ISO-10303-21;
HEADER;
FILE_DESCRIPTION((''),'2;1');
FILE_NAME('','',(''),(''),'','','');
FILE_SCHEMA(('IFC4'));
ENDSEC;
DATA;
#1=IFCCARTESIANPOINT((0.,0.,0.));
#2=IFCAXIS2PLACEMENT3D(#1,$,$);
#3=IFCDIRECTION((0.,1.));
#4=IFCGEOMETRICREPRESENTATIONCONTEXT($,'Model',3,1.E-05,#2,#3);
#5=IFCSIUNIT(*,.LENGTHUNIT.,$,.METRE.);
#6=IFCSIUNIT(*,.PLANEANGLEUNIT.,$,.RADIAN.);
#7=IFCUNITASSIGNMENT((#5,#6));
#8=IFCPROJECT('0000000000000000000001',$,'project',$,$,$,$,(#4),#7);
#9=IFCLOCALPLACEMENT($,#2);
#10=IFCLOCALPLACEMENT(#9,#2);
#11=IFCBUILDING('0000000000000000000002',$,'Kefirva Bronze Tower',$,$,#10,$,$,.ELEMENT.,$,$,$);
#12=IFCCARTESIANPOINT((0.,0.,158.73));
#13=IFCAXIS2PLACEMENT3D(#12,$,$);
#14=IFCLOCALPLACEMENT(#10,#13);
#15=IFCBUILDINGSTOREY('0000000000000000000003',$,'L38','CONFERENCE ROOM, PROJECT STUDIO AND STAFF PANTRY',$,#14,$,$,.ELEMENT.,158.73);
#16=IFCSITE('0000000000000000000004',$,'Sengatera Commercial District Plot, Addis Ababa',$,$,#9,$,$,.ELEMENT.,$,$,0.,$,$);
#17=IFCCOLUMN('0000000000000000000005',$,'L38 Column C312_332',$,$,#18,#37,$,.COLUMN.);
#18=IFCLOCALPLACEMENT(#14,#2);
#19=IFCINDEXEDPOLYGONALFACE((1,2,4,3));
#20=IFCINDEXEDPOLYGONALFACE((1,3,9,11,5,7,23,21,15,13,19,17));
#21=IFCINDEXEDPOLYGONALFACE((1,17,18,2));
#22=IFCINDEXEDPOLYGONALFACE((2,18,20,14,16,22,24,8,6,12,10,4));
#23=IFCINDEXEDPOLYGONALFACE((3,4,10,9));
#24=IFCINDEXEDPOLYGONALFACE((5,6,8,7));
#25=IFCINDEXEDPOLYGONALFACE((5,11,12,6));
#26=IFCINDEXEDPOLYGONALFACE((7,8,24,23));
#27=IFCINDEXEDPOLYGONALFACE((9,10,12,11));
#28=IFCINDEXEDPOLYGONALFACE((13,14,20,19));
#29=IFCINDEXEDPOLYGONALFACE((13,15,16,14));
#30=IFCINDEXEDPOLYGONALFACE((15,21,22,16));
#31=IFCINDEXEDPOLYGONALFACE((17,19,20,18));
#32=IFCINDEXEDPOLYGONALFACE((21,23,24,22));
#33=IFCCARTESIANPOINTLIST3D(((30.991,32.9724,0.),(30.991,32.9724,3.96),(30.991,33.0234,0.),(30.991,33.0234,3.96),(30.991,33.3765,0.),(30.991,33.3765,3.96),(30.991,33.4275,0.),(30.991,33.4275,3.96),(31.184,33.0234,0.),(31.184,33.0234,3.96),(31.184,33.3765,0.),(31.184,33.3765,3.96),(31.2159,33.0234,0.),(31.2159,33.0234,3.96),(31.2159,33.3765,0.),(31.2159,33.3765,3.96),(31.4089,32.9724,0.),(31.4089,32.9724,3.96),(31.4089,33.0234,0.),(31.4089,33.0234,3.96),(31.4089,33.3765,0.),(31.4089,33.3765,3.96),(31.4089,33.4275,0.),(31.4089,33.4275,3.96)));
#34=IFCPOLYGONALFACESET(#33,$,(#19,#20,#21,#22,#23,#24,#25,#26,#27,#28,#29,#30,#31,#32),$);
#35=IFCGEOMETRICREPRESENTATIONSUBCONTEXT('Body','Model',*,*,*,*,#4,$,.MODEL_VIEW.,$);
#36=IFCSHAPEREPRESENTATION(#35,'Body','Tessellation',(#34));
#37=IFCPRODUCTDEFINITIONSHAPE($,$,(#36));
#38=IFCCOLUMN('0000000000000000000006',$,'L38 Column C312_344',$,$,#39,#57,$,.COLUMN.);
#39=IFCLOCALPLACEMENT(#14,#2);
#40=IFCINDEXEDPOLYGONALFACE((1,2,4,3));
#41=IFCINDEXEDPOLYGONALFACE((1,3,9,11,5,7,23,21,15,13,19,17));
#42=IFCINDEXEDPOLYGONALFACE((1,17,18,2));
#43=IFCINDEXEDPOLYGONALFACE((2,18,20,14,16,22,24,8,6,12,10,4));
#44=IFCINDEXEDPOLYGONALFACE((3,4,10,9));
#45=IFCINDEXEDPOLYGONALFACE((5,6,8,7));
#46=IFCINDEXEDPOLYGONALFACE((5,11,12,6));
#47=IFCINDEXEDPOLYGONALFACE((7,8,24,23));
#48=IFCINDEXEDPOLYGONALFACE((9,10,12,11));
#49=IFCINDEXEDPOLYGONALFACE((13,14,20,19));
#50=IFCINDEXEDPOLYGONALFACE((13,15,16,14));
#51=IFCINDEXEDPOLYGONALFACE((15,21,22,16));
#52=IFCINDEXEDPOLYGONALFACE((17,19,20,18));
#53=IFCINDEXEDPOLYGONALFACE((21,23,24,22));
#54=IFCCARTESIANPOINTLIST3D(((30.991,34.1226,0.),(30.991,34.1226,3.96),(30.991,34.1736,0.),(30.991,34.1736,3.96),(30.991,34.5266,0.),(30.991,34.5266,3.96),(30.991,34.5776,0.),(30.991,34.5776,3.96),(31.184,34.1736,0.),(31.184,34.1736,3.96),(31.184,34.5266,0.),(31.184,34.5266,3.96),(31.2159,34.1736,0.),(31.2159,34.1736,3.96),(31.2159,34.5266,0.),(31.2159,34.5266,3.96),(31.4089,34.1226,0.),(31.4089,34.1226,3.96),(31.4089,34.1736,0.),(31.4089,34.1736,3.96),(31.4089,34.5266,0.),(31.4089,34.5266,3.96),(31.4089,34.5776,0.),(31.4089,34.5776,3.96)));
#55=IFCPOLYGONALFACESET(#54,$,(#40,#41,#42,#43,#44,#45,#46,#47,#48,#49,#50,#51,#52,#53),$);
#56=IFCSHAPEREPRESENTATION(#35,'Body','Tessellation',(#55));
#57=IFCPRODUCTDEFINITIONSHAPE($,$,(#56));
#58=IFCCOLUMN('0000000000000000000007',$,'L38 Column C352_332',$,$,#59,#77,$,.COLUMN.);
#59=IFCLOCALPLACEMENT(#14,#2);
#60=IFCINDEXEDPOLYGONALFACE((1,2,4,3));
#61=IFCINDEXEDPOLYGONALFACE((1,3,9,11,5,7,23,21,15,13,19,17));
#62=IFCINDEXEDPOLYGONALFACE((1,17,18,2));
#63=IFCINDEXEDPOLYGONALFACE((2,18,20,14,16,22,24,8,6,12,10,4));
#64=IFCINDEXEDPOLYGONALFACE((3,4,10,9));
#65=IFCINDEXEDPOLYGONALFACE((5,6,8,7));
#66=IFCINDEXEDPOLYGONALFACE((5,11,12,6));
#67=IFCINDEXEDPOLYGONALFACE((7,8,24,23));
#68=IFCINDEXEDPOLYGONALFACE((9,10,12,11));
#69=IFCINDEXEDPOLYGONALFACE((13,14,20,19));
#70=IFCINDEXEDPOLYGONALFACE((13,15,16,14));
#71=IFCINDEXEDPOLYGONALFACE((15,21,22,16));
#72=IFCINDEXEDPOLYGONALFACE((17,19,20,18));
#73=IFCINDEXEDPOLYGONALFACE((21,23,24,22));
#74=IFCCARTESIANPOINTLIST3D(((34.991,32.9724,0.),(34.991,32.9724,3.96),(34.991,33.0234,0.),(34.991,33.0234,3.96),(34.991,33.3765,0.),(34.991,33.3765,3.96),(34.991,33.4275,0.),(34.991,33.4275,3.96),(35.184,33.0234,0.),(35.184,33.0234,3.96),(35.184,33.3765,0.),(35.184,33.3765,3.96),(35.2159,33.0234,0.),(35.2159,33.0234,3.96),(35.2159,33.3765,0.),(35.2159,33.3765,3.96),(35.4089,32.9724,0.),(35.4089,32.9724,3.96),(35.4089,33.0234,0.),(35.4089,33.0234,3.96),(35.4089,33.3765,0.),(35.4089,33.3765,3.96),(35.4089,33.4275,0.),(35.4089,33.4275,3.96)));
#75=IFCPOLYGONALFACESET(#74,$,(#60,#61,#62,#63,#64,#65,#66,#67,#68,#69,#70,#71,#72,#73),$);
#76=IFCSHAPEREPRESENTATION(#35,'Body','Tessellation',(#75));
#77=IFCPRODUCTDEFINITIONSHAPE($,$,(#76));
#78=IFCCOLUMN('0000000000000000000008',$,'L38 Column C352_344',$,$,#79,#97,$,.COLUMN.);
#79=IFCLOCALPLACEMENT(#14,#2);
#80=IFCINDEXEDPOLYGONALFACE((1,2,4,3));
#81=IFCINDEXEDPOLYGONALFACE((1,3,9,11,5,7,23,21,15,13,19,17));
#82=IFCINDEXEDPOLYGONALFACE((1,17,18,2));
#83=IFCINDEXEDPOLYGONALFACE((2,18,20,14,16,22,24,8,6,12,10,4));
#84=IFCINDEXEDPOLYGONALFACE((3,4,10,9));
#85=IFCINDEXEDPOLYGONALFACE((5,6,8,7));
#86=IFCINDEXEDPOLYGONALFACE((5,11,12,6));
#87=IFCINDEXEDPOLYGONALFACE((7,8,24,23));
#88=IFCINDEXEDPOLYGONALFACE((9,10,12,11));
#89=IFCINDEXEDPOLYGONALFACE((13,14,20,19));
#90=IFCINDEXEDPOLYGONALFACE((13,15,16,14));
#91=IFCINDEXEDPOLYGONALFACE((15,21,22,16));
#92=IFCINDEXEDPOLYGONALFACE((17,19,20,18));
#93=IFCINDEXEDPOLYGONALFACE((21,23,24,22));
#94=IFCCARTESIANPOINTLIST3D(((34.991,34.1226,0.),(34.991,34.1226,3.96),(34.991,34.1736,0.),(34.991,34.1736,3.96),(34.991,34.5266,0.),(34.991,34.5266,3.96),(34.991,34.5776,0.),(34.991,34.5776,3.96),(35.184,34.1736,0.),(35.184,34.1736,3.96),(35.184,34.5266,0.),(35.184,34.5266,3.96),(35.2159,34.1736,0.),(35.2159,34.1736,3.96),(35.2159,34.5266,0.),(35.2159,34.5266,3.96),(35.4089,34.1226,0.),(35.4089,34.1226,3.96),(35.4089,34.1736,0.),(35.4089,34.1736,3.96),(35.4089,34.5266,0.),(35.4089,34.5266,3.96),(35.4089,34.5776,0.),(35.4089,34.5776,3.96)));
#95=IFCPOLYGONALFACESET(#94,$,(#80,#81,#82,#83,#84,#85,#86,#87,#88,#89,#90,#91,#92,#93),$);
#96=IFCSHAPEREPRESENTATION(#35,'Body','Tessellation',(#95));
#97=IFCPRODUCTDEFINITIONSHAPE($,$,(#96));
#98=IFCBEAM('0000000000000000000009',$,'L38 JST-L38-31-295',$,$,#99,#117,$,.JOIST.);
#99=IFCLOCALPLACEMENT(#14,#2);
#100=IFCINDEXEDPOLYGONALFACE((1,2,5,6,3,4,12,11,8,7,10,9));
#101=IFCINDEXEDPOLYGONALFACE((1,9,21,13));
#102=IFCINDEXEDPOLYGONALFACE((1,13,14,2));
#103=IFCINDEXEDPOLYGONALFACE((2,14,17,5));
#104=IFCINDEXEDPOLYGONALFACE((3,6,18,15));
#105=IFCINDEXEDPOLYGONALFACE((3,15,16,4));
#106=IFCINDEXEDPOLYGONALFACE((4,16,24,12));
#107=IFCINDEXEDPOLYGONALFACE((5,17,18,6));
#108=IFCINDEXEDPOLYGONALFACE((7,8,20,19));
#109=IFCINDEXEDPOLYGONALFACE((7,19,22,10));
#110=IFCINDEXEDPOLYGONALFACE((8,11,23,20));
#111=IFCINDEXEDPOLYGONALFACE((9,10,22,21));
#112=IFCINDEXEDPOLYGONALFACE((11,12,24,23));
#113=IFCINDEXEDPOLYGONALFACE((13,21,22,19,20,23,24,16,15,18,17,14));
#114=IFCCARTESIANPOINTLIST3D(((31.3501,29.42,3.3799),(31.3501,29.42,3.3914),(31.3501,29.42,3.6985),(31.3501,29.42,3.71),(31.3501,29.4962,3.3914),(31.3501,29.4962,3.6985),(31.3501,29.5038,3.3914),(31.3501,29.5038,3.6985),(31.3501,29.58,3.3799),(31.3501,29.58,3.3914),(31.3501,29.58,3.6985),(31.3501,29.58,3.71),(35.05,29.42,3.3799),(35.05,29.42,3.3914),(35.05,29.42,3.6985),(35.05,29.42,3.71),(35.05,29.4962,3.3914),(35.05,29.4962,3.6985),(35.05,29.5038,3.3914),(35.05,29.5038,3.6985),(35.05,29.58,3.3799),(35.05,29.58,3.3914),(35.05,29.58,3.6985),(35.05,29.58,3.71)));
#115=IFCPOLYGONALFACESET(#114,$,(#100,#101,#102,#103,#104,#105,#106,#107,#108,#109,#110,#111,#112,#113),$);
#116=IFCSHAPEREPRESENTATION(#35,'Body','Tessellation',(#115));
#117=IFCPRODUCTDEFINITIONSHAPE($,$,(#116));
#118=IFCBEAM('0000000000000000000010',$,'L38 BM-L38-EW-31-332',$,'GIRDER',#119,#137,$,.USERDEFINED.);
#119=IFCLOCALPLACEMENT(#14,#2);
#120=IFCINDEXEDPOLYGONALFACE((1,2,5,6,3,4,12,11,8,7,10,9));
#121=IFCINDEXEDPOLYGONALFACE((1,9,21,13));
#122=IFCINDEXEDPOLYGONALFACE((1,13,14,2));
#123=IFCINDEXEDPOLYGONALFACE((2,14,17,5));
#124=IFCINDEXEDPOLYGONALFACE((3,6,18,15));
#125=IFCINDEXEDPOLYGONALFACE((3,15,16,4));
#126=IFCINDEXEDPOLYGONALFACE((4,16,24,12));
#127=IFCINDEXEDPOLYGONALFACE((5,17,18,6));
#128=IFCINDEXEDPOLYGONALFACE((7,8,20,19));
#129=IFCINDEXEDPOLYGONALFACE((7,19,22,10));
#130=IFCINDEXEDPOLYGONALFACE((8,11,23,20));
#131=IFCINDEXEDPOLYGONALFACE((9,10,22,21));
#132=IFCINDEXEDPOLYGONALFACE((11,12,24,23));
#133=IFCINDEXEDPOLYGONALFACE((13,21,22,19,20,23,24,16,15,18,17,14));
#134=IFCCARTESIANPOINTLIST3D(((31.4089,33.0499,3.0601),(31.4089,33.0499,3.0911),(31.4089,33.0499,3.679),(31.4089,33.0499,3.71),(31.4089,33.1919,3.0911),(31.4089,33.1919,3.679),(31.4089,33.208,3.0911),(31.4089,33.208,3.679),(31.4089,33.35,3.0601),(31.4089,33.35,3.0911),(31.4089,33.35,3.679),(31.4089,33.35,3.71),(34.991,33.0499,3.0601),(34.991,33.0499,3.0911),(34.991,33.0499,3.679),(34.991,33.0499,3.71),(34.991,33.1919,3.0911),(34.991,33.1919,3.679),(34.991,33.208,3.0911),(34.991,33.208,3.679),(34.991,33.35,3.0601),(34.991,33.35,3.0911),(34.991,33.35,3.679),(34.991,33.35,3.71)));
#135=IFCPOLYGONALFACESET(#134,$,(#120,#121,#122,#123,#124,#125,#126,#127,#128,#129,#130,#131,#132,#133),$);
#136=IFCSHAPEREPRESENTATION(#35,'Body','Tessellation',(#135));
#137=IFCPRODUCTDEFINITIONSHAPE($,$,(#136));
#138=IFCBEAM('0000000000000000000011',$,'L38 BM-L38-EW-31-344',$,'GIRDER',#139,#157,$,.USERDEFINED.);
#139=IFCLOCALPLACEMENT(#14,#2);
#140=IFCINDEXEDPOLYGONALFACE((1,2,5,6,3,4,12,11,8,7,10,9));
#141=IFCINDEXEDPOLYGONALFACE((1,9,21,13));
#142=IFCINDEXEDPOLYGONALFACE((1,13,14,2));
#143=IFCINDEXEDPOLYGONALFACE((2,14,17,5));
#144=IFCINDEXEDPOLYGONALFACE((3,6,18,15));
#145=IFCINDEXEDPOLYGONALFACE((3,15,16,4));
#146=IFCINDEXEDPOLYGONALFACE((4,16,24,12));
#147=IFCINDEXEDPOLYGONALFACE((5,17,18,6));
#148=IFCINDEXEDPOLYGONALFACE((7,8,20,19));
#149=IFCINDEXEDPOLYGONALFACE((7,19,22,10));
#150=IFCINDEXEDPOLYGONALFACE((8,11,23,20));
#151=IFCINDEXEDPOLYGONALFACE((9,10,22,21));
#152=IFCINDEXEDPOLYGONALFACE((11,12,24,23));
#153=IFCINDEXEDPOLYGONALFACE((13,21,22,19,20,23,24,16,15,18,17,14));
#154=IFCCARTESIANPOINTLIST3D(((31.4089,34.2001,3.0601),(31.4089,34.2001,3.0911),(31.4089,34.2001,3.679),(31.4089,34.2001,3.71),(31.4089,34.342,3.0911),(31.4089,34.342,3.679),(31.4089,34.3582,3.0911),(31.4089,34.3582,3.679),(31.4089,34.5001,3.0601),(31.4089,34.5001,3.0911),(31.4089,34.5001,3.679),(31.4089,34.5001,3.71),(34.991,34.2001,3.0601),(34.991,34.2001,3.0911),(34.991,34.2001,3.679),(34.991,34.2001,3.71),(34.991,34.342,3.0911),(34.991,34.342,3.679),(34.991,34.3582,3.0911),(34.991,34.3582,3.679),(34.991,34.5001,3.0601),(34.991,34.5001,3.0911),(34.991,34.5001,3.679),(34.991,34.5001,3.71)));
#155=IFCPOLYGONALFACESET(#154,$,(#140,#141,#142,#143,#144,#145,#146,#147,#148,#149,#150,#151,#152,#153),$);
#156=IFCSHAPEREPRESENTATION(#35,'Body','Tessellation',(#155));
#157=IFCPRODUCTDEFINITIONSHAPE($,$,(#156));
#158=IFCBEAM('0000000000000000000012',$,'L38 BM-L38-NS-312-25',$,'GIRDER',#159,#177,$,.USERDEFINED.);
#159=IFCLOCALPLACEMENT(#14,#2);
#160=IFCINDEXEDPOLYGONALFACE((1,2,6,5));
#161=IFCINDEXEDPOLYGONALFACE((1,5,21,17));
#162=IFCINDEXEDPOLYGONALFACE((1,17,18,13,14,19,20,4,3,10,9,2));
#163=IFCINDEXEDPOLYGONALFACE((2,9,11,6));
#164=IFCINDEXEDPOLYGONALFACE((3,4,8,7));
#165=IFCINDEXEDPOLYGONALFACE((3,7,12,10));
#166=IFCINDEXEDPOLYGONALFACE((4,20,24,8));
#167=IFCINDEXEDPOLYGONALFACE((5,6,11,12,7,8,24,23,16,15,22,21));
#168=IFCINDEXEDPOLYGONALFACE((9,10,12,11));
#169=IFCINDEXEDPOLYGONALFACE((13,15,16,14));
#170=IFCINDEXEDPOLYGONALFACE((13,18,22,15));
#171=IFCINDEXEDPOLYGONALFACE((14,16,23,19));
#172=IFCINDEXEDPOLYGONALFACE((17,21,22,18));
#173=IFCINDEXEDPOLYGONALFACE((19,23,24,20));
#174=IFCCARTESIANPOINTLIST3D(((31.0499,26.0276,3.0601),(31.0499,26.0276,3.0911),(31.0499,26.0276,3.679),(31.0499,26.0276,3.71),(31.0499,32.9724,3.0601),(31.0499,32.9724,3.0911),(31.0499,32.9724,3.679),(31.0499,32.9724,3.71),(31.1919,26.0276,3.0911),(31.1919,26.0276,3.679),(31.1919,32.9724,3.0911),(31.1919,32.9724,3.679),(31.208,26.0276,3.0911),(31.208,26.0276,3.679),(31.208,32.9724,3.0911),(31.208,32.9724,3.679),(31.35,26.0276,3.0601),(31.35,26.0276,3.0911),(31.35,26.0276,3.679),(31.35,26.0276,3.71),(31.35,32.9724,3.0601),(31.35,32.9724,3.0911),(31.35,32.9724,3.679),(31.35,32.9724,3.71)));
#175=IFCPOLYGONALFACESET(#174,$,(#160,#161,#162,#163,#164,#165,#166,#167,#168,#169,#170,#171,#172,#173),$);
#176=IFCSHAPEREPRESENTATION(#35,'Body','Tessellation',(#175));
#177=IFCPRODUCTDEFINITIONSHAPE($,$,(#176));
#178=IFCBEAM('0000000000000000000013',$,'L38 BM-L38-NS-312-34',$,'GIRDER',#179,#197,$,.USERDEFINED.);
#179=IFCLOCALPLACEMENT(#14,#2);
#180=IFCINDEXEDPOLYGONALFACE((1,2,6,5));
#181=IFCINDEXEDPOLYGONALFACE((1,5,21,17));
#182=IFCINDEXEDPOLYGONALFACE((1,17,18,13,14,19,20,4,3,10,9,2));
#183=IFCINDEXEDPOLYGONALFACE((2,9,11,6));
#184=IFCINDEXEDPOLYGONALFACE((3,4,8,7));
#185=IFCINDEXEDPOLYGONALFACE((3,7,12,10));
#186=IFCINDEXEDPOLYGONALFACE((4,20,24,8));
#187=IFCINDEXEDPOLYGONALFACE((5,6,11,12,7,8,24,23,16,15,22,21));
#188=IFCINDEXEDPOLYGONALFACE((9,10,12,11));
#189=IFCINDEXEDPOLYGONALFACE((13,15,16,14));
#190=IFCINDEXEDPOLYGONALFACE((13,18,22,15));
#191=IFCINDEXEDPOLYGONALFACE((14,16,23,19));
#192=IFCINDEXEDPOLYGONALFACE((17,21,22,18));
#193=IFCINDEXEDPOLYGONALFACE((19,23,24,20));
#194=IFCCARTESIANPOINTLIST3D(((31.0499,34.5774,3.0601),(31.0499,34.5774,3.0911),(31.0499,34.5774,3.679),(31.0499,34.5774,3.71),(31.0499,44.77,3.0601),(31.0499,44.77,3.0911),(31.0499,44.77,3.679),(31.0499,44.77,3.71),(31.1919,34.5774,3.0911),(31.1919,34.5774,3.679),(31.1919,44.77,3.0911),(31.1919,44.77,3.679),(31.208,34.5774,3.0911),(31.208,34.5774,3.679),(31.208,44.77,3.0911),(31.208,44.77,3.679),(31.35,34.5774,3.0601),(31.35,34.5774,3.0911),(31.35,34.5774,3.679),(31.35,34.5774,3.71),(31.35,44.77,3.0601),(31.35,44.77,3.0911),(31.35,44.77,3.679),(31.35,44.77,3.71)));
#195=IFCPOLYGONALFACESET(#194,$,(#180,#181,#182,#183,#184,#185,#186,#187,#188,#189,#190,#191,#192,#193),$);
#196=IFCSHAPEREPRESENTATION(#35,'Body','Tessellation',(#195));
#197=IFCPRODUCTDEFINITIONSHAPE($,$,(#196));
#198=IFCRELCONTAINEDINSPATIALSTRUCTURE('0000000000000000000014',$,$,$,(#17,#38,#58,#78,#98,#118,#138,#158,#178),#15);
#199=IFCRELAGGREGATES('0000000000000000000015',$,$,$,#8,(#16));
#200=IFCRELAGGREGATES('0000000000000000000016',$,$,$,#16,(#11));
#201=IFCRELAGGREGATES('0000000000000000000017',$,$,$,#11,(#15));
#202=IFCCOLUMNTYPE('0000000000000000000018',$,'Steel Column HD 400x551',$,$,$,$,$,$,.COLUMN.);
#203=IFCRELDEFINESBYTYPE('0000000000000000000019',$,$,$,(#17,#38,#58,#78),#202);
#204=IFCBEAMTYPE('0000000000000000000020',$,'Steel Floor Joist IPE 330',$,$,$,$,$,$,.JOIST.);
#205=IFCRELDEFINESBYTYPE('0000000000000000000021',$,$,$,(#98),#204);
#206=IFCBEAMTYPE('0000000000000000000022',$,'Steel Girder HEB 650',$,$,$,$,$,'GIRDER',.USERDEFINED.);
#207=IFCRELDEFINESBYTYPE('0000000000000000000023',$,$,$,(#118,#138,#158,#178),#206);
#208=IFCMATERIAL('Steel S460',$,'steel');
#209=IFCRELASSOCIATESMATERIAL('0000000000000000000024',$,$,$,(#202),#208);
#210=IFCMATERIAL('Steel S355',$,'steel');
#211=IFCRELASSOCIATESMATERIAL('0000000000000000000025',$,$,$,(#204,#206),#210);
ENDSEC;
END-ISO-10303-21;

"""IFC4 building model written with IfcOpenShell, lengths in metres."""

from ifc_helpers import new_model, si_unit, direction, frame, origin, origin_2d, place, context, subcontext, project, spatial, i_section, extrude, material, material_profile, profile_set, type_object, element, save


model = new_model("IFC4")

# Units and contexts
model_context = context("Model", 3, precision=1e-05, world=origin(), true_north=direction((0.0, 1.0)))
body_context = subcontext(model_context, "Body", "Model", "MODEL_VIEW")
ifc_project = project(units=[si_unit("LENGTHUNIT", "METRE"), si_unit("PLANEANGLEUNIT", "RADIAN")], contexts=[model_context])

# Site, building, storey
site_placement = place(None, origin())
site = spatial("IfcSite", under=ifc_project, at=site_placement, Name="Sengatera Commercial District Plot, Addis Ababa", CompositionType="ELEMENT", RefElevation=0.0)
building_placement = place(site_placement, origin())
building = spatial("IfcBuilding", under=site, at=building_placement, Name="Kefirva Bronze Tower", CompositionType="ELEMENT")
storey_placement = place(building_placement, frame((0.0, 0.0, 158.73)))
storey = spatial("IfcBuildingStorey", under=building, at=storey_placement, Name="L38", Description="CONFERENCE ROOM, PROJECT STUDIO AND STAFF PANTRY", CompositionType="ELEMENT", Elevation=158.73)

# Columns
ifc_material_1 = material(Name="Steel S460", Category="steel")
ifc_material_profile_1 = material_profile(ifc_material_1, i_section(OverallWidth=0.418, OverallDepth=0.4551, WebThickness=0.032, FlangeThickness=0.051, at=origin_2d()), Name="HD 400x551")
ifc_profile_set_1 = profile_set([ifc_material_profile_1], Name="Steel S460")
column_type = type_object("IfcColumnType", Name="Steel Column HD 400x551", PredefinedType="COLUMN", material=ifc_profile_set_1)
for number, where, z_axis, x_axis, name in (
    (1, (31.2, 33.2, 0.0), (0.0, 0.0, 1.0), (1.0, 0.0, 0.0), "L38 Column C312_332"),
    (2, (31.2, 34.3501, 0.0), (0.0, 0.0, 1.0), (1.0, 0.0, 0.0), "L38 Column C312_344"),
    (3, (35.2, 33.2, 0.0), (0.0, 0.0, 1.0), (1.0, 0.0, 0.0), "L38 Column C352_332"),
    (4, (35.2, 34.3501, 0.0), (0.0, 0.0, 1.0), (1.0, 0.0, 0.0), "L38 Column C352_344"),
):
    element("IfcColumn", number, at=place(storey_placement, frame(where, z_axis=z_axis, x_axis=x_axis)), inside=storey, type_object=column_type, Name=name, PredefinedType="COLUMN", context=body_context, shape_type="SweptSolid", body=[
        extrude(i_section(OverallWidth=0.418, OverallDepth=0.4551, WebThickness=0.032, FlangeThickness=0.051, at=origin_2d()), origin(), (0.0, 0.0, 1.0), 3.96),
    ])

# Beams
ifc_material_2 = material(Name="Steel S355", Category="steel")
ifc_material_profile_2 = material_profile(ifc_material_2, i_section(OverallWidth=0.1599, OverallDepth=0.3301, WebThickness=0.0076, FlangeThickness=0.0115, at=origin_2d()), Name="IPE 330")
ifc_profile_set_2 = profile_set([ifc_material_profile_2], Name="Steel S355")
beam_type_1 = type_object("IfcBeamType", Name="Steel Floor Joist IPE 330", PredefinedType="JOIST", material=ifc_profile_set_2)
beam_1_placement = place(storey_placement, frame((31.3501, 29.5, 3.5449), z_axis=(1.0, 0.0, 0.0), x_axis=(0.0, 1.0, 0.0)))
element("IfcBeam", 5, at=beam_1_placement, inside=storey, type_object=beam_type_1, Name="L38 JST-L38-31-295", PredefinedType="JOIST", context=body_context, shape_type="SweptSolid", body=[
    extrude(i_section(OverallWidth=0.1599, OverallDepth=0.3301, WebThickness=0.0076, FlangeThickness=0.0115, at=origin_2d()), origin(), (0.0, 0.0, 1.0), 3.7),
])
ifc_material_profile_3 = material_profile(ifc_material_2, i_section(OverallWidth=0.3, OverallDepth=0.6499, WebThickness=0.0161, FlangeThickness=0.031, at=origin_2d()), Name="HEB 650")
ifc_profile_set_3 = profile_set([ifc_material_profile_3], Name="Steel S355")
beam_type_2 = type_object("IfcBeamType", Name="Steel Girder HEB 650", ElementType="GIRDER", PredefinedType="USERDEFINED", material=ifc_profile_set_3)
for number, where, z_axis, x_axis, name in (
    (6, (31.4089, 33.2, 3.385), (1.0, 0.0, 0.0), (0.0, 1.0, 0.0), "L38 BM-L38-EW-31-332"),
    (7, (31.4089, 34.3501, 3.385), (1.0, 0.0, 0.0), (0.0, 1.0, 0.0), "L38 BM-L38-EW-31-344"),
):
    element("IfcBeam", number, at=place(storey_placement, frame(where, z_axis=z_axis, x_axis=x_axis)), inside=storey, type_object=beam_type_2, Name=name, ObjectType="GIRDER", PredefinedType="USERDEFINED", context=body_context, shape_type="SweptSolid", body=[
        extrude(i_section(OverallWidth=0.3, OverallDepth=0.6499, WebThickness=0.0161, FlangeThickness=0.031, at=origin_2d()), origin(), (0.0, 0.0, 1.0), 3.582),
    ])
beam_2_placement = place(storey_placement, frame((31.2, 26.0276, 3.385), z_axis=(0.0, 1.0, 0.0), x_axis=(-1.0, 0.0, 0.0)))
element("IfcBeam", 8, at=beam_2_placement, inside=storey, type_object=beam_type_2, Name="L38 BM-L38-NS-312-25", ObjectType="GIRDER", PredefinedType="USERDEFINED", context=body_context, shape_type="SweptSolid", body=[
    extrude(i_section(OverallWidth=0.3, OverallDepth=0.6499, WebThickness=0.0161, FlangeThickness=0.031, at=origin_2d()), origin(), (0.0, 0.0, 1.0), 6.9448),
])
beam_3_placement = place(storey_placement, frame((31.2, 34.5774, 3.385), z_axis=(0.0, 1.0, 0.0), x_axis=(-1.0, 0.0, 0.0)))
element("IfcBeam", 9, at=beam_3_placement, inside=storey, type_object=beam_type_2, Name="L38 BM-L38-NS-312-34", ObjectType="GIRDER", PredefinedType="USERDEFINED", context=body_context, shape_type="SweptSolid", body=[
    extrude(i_section(OverallWidth=0.3, OverallDepth=0.6499, WebThickness=0.0161, FlangeThickness=0.031, at=origin_2d()), origin(), (0.0, 0.0, 1.0), 10.1926),
])

save(model, "model.ifc")
